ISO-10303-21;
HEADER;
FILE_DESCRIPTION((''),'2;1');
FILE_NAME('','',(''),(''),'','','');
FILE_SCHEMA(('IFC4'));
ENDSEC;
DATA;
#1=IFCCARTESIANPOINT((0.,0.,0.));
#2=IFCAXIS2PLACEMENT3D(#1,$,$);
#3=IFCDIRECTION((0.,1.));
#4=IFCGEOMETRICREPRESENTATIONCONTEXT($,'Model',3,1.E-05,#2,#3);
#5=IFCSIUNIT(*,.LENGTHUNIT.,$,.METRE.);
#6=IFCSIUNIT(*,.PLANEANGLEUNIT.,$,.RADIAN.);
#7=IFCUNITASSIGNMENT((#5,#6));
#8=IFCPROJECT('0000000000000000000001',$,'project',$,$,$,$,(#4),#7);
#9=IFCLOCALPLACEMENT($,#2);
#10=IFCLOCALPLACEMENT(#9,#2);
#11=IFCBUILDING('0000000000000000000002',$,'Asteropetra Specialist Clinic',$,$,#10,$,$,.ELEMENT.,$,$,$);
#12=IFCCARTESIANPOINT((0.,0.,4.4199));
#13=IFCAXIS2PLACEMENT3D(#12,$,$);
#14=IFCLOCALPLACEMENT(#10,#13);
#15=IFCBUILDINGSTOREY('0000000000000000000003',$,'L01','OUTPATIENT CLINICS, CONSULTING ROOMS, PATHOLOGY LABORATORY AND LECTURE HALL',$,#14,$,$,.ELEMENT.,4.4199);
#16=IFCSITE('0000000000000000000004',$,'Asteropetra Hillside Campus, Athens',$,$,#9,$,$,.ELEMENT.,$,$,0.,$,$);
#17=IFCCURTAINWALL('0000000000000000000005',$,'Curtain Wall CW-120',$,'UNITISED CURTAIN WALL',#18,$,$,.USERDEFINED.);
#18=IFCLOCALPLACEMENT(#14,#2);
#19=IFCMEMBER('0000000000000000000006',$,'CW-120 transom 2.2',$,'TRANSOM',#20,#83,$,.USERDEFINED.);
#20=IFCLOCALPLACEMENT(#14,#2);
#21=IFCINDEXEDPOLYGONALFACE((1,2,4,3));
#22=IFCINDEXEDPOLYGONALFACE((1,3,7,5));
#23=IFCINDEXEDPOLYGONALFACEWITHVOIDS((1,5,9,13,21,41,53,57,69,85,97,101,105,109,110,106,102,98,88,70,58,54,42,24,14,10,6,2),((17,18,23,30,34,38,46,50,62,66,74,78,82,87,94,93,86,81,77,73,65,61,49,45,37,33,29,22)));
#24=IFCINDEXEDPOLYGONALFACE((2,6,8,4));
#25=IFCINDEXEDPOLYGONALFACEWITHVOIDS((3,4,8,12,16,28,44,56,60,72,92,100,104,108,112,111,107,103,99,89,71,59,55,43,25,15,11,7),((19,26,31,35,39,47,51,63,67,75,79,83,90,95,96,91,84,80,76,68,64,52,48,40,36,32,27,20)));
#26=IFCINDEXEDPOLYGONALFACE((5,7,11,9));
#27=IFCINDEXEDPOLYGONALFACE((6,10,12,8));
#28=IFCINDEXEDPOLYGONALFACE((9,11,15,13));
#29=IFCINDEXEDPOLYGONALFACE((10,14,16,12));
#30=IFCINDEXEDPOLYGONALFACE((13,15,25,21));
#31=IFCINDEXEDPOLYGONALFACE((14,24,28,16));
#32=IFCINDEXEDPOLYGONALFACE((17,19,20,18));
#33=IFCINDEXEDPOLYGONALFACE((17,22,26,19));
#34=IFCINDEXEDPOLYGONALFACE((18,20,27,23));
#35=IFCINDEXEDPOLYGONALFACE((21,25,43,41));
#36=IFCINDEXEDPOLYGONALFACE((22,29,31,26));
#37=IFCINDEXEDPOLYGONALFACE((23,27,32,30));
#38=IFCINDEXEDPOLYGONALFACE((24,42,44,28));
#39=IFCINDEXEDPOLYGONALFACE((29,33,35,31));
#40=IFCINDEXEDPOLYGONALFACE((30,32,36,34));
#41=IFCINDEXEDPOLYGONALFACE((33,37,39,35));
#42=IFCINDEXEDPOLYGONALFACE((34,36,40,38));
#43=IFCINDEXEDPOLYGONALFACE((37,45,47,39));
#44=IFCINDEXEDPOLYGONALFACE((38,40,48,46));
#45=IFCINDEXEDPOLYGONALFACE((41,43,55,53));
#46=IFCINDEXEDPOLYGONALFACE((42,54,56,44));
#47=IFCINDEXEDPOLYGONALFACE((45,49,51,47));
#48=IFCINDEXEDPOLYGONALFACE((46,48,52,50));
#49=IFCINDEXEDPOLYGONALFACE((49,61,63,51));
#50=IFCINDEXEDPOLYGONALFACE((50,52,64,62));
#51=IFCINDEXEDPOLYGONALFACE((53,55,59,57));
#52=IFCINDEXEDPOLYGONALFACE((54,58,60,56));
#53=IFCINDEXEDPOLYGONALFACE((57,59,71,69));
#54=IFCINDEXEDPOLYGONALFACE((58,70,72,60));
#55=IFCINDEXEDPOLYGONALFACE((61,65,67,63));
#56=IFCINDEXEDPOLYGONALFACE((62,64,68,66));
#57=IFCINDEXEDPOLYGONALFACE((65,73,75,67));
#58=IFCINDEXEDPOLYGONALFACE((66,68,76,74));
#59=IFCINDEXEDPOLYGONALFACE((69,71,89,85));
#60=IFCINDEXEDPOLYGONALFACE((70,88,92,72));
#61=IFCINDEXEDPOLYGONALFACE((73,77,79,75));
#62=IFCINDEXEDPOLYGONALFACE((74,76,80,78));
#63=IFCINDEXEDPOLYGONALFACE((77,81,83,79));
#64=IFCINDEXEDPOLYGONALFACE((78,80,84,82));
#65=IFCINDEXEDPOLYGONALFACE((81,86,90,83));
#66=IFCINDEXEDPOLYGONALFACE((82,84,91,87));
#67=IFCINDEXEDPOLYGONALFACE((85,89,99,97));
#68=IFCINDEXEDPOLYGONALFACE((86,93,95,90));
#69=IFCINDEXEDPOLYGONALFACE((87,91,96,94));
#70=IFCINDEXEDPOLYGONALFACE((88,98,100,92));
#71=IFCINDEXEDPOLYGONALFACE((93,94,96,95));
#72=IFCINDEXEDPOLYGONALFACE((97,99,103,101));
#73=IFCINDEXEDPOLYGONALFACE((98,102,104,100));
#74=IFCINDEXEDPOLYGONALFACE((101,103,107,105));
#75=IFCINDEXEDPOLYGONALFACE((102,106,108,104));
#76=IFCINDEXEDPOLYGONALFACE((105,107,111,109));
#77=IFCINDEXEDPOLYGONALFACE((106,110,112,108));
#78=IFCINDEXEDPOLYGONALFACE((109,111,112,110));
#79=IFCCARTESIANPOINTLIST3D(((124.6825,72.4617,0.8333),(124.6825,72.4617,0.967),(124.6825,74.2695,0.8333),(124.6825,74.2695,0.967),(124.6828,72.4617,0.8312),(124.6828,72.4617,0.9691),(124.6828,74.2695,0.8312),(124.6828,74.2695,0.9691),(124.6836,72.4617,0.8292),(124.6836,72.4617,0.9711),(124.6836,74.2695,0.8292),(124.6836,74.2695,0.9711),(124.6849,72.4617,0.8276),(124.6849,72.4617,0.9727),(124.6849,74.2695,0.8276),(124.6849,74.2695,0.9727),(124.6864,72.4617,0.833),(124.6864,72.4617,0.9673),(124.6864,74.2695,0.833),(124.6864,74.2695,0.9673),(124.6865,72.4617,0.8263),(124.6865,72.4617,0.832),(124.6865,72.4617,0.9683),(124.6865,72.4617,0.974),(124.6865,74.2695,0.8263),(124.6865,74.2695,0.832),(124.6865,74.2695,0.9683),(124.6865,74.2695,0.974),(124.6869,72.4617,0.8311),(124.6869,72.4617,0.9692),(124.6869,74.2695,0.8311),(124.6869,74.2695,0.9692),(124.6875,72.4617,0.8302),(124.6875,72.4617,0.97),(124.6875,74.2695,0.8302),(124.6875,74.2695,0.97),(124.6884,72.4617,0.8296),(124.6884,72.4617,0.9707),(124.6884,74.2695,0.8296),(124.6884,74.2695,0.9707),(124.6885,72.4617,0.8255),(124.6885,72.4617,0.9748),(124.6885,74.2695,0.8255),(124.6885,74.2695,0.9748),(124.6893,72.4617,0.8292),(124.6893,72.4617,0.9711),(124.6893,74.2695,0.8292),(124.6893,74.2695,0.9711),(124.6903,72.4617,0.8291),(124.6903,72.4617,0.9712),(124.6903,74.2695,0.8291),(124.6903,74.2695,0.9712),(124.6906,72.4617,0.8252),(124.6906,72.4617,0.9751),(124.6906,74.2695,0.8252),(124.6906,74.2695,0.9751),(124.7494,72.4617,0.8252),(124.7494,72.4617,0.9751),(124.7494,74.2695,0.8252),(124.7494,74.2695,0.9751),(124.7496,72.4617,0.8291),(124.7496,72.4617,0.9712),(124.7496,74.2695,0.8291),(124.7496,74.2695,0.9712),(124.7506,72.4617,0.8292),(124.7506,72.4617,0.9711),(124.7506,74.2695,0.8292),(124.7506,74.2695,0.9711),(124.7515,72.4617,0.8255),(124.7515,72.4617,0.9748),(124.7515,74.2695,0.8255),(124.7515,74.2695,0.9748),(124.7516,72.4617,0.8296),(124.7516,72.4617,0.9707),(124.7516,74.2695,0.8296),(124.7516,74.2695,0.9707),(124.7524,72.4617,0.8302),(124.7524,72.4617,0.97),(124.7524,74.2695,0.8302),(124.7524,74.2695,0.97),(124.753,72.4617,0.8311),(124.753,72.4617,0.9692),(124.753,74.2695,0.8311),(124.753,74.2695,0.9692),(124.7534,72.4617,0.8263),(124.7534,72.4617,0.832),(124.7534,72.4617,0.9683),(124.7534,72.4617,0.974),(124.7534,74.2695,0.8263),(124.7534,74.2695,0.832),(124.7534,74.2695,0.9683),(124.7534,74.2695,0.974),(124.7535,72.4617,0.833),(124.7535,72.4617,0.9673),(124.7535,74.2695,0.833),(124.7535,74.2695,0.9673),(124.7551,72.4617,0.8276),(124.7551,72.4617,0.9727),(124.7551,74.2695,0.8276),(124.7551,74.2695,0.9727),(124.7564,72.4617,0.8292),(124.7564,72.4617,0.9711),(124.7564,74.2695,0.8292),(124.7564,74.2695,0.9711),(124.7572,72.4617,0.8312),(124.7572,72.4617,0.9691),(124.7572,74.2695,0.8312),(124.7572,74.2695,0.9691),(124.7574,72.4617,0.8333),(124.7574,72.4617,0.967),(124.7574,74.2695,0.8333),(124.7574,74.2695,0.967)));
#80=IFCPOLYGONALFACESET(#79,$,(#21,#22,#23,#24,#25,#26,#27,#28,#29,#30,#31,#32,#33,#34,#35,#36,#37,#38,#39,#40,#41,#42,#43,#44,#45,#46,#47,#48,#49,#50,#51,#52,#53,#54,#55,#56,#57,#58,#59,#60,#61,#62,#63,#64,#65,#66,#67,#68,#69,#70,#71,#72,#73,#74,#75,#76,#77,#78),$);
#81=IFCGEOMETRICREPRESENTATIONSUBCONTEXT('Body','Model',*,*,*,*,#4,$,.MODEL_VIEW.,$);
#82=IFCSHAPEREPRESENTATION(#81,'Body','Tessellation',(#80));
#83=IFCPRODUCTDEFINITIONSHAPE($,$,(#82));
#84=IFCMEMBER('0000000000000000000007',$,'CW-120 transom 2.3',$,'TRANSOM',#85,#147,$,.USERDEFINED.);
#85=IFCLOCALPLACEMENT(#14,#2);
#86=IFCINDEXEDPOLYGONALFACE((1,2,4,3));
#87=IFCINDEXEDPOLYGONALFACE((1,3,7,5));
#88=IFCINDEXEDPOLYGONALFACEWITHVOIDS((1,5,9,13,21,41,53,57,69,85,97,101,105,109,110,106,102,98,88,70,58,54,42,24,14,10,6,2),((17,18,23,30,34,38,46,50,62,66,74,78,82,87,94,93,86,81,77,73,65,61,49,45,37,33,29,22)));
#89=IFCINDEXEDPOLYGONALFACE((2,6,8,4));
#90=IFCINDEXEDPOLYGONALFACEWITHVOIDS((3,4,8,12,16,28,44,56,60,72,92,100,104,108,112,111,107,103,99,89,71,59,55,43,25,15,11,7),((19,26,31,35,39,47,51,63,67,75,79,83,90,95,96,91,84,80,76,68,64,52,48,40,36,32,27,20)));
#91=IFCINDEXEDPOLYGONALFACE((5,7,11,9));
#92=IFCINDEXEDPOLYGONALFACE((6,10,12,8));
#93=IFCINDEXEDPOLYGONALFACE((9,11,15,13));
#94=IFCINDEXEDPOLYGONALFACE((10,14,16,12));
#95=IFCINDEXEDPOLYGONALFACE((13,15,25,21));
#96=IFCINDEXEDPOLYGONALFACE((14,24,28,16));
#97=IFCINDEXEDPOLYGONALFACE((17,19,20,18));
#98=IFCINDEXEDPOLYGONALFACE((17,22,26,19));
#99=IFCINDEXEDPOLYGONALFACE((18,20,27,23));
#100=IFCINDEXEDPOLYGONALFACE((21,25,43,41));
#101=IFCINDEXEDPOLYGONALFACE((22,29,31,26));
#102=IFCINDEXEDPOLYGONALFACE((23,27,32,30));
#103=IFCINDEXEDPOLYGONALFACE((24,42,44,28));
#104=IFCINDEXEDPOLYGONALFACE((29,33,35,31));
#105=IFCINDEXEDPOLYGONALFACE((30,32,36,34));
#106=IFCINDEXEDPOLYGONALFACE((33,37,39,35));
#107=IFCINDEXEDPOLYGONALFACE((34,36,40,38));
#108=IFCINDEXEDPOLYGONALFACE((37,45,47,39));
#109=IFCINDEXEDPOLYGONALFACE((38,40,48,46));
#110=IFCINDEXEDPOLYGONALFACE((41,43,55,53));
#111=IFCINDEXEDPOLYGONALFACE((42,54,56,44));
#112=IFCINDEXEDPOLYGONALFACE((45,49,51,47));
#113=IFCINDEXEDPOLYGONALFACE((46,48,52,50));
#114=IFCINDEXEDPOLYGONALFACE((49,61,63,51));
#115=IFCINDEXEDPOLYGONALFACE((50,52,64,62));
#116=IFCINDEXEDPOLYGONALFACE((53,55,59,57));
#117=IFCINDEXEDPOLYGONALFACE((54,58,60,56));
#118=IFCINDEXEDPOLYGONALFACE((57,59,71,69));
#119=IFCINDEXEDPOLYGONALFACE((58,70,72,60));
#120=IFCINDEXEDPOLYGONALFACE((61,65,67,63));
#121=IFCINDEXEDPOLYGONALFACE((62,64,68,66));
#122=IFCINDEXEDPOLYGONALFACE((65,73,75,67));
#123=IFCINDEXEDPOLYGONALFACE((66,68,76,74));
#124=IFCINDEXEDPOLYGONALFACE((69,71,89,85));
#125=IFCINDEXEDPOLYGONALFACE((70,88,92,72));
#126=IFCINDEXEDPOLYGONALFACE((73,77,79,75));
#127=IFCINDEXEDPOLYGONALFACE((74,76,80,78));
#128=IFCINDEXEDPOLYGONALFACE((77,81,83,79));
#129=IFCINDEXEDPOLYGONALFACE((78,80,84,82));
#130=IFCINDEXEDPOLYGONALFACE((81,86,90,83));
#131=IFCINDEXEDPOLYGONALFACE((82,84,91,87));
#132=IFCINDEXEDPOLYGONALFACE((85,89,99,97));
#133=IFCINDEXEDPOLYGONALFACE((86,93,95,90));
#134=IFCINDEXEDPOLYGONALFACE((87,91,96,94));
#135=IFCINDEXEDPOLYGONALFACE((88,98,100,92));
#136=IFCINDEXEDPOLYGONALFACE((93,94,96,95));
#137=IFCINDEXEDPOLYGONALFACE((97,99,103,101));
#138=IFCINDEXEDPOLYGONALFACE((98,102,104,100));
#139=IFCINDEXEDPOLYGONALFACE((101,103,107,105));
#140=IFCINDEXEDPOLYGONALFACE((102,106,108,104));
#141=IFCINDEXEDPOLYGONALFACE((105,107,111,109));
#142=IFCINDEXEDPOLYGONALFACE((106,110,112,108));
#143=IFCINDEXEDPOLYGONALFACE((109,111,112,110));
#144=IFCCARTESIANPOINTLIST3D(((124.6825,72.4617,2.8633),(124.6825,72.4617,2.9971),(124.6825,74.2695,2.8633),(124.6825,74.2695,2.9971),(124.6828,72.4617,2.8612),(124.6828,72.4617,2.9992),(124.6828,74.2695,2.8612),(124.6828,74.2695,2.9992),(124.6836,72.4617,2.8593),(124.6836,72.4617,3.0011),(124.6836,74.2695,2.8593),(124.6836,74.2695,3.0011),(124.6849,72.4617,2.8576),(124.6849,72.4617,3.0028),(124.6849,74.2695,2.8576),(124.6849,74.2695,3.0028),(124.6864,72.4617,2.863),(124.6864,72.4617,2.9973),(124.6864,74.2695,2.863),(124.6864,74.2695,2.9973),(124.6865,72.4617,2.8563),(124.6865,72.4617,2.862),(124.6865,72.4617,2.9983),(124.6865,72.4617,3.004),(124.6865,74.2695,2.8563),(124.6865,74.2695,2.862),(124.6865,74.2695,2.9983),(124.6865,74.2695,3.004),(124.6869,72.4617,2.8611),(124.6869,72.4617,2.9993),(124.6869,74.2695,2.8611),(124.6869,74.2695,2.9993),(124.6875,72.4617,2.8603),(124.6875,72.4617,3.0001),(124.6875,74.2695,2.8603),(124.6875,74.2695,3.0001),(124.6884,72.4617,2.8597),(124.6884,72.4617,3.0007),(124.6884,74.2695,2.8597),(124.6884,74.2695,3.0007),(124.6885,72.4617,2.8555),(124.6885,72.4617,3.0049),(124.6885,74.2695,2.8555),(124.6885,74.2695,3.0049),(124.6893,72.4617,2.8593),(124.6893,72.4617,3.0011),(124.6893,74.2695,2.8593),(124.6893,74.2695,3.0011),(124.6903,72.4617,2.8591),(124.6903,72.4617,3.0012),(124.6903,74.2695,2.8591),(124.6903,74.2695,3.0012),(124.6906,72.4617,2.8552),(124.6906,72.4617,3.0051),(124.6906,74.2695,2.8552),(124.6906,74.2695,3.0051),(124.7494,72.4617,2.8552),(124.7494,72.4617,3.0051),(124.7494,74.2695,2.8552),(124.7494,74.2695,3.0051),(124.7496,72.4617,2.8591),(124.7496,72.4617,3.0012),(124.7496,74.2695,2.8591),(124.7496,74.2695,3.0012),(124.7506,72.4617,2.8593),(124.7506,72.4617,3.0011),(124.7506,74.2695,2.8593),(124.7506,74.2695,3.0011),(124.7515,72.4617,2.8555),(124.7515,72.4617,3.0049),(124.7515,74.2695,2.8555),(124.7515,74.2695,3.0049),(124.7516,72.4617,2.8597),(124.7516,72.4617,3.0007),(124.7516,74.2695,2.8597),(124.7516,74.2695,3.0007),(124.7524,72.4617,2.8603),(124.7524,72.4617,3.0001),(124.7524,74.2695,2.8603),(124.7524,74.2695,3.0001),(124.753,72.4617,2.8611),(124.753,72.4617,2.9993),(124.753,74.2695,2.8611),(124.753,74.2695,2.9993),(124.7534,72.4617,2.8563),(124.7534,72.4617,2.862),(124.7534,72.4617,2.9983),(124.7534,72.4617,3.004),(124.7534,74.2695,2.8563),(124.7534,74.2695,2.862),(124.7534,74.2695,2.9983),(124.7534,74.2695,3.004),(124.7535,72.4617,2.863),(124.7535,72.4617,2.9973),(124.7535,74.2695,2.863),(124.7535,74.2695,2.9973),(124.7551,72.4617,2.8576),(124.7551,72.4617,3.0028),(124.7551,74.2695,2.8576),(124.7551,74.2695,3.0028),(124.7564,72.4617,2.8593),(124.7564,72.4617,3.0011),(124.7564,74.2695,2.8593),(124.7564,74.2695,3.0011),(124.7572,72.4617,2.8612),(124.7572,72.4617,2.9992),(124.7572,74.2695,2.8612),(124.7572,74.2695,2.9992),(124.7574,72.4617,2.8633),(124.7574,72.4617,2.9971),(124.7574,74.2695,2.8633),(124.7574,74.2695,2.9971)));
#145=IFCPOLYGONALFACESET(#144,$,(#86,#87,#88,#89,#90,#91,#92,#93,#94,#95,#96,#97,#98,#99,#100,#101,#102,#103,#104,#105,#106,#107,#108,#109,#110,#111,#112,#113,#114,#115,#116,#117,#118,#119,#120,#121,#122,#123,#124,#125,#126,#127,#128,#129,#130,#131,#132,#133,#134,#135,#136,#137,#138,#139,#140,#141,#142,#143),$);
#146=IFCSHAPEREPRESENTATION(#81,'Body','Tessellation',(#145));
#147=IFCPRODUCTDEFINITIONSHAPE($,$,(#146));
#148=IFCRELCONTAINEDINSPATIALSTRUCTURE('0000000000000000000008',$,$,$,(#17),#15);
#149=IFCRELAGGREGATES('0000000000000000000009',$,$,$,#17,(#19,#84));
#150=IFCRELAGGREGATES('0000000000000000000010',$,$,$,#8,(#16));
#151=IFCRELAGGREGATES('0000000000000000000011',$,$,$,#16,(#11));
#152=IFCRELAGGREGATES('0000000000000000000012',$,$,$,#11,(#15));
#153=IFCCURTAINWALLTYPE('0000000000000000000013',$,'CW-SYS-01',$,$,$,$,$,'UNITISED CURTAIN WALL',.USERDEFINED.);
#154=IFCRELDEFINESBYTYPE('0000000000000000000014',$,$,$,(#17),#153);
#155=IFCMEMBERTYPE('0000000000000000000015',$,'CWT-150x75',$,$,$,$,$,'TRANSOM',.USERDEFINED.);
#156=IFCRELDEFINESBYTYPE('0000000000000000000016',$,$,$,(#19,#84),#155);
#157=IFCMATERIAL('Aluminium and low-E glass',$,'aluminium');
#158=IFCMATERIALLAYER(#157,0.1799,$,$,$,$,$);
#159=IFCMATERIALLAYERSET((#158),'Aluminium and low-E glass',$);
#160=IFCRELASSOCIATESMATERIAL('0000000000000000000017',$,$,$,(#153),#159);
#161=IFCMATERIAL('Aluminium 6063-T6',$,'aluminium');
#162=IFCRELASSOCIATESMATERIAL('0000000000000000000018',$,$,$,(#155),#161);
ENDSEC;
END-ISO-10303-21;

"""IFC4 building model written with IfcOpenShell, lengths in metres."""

from ifc_helpers import new_model, si_unit, direction, frame, origin, origin_2d, place, context, subcontext, project, spatial, hollow_rectangle, extrude, material, layer, layer_set, material_profile, profile_set, type_object, element, aggregate, save


model = new_model("IFC4")

# Units and contexts
model_context = context("Model", 3, precision=1e-05, world=origin(), true_north=direction((0.0, 1.0)))
body_context = subcontext(model_context, "Body", "Model", "MODEL_VIEW")
ifc_project = project(units=[si_unit("LENGTHUNIT", "METRE"), si_unit("PLANEANGLEUNIT", "RADIAN")], contexts=[model_context])

# Site, building, storey
site_placement = place(None, origin())
site = spatial("IfcSite", under=ifc_project, at=site_placement, Name="Asteropetra Hillside Campus, Athens", CompositionType="ELEMENT", RefElevation=0.0)
building_placement = place(site_placement, origin())
building = spatial("IfcBuilding", under=site, at=building_placement, Name="Asteropetra Specialist Clinic", CompositionType="ELEMENT")
storey_placement = place(building_placement, frame((0.0, 0.0, 4.4199)))
storey = spatial("IfcBuildingStorey", under=building, at=storey_placement, Name="L01", Description="OUTPATIENT CLINICS, CONSULTING ROOMS, PATHOLOGY LABORATORY AND LECTURE HALL", CompositionType="ELEMENT", Elevation=4.4199)

# Curtain wall, members
ifc_material_1 = material(Name="Aluminium and low-E glass", Category="aluminium")
ifc_layer_1 = layer(ifc_material_1, 0.1799)
ifc_layer_set_1 = layer_set([ifc_layer_1], Name="Aluminium and low-E glass")
curtain_wall_type = type_object("IfcCurtainWallType", Name="CW-SYS-01", ElementType="UNITISED CURTAIN WALL", PredefinedType="USERDEFINED", material=ifc_layer_set_1)
curtain_wall_placement = place(storey_placement, origin())
curtain_wall = element("IfcCurtainWall", 1, at=curtain_wall_placement, inside=storey, type_object=curtain_wall_type, Name="Curtain Wall CW-120", ObjectType="UNITISED CURTAIN WALL", PredefinedType="USERDEFINED")
ifc_material_2 = material(Name="Aluminium 6063-T6", Category="aluminium")
ifc_material_profile_1 = material_profile(ifc_material_2, hollow_rectangle(XDim=0.075, YDim=0.1499, WallThickness=0.0039, InnerFilletRadius=0.0039, OuterFilletRadius=0.0081, at=origin_2d()), Name="TRN 150x75x4.0")
ifc_profile_set_1 = profile_set([ifc_material_profile_1], Name="Aluminium 6063-T6")
member_type_1 = type_object("IfcMemberType", Name="CWT-150x75", ElementType="TRANSOM", PredefinedType="USERDEFINED", material=ifc_profile_set_1)
member_1_placement = place(storey_placement, frame((124.72, 74.2695, 0.9001), z_axis=(0.0, -1.0, 0.0), x_axis=(1.0, 0.0, 0.0)))
member_1 = element("IfcMember", 2, at=member_1_placement, type_object=member_type_1, Name="CW-120 transom 2.2", ObjectType="TRANSOM", PredefinedType="USERDEFINED", context=body_context, shape_type="SweptSolid", body=[
    extrude(hollow_rectangle(XDim=0.075, YDim=0.1499, WallThickness=0.0039, InnerFilletRadius=0.0039, OuterFilletRadius=0.0081, at=origin_2d()), origin(), (0.0, 0.0, 1.0), 1.8079),
])
member_2_placement = place(storey_placement, frame((124.72, 74.2695, 2.9302), z_axis=(0.0, -1.0, 0.0), x_axis=(1.0, 0.0, 0.0)))
member_2 = element("IfcMember", 3, at=member_2_placement, type_object=member_type_1, Name="CW-120 transom 2.3", ObjectType="TRANSOM", PredefinedType="USERDEFINED", context=body_context, shape_type="SweptSolid", body=[
    extrude(hollow_rectangle(XDim=0.075, YDim=0.1499, WallThickness=0.0039, InnerFilletRadius=0.0039, OuterFilletRadius=0.0081, at=origin_2d()), origin(), (0.0, 0.0, 1.0), 1.8079),
])

aggregate(curtain_wall, [member_1, member_2])

save(model, "model.ifc")
